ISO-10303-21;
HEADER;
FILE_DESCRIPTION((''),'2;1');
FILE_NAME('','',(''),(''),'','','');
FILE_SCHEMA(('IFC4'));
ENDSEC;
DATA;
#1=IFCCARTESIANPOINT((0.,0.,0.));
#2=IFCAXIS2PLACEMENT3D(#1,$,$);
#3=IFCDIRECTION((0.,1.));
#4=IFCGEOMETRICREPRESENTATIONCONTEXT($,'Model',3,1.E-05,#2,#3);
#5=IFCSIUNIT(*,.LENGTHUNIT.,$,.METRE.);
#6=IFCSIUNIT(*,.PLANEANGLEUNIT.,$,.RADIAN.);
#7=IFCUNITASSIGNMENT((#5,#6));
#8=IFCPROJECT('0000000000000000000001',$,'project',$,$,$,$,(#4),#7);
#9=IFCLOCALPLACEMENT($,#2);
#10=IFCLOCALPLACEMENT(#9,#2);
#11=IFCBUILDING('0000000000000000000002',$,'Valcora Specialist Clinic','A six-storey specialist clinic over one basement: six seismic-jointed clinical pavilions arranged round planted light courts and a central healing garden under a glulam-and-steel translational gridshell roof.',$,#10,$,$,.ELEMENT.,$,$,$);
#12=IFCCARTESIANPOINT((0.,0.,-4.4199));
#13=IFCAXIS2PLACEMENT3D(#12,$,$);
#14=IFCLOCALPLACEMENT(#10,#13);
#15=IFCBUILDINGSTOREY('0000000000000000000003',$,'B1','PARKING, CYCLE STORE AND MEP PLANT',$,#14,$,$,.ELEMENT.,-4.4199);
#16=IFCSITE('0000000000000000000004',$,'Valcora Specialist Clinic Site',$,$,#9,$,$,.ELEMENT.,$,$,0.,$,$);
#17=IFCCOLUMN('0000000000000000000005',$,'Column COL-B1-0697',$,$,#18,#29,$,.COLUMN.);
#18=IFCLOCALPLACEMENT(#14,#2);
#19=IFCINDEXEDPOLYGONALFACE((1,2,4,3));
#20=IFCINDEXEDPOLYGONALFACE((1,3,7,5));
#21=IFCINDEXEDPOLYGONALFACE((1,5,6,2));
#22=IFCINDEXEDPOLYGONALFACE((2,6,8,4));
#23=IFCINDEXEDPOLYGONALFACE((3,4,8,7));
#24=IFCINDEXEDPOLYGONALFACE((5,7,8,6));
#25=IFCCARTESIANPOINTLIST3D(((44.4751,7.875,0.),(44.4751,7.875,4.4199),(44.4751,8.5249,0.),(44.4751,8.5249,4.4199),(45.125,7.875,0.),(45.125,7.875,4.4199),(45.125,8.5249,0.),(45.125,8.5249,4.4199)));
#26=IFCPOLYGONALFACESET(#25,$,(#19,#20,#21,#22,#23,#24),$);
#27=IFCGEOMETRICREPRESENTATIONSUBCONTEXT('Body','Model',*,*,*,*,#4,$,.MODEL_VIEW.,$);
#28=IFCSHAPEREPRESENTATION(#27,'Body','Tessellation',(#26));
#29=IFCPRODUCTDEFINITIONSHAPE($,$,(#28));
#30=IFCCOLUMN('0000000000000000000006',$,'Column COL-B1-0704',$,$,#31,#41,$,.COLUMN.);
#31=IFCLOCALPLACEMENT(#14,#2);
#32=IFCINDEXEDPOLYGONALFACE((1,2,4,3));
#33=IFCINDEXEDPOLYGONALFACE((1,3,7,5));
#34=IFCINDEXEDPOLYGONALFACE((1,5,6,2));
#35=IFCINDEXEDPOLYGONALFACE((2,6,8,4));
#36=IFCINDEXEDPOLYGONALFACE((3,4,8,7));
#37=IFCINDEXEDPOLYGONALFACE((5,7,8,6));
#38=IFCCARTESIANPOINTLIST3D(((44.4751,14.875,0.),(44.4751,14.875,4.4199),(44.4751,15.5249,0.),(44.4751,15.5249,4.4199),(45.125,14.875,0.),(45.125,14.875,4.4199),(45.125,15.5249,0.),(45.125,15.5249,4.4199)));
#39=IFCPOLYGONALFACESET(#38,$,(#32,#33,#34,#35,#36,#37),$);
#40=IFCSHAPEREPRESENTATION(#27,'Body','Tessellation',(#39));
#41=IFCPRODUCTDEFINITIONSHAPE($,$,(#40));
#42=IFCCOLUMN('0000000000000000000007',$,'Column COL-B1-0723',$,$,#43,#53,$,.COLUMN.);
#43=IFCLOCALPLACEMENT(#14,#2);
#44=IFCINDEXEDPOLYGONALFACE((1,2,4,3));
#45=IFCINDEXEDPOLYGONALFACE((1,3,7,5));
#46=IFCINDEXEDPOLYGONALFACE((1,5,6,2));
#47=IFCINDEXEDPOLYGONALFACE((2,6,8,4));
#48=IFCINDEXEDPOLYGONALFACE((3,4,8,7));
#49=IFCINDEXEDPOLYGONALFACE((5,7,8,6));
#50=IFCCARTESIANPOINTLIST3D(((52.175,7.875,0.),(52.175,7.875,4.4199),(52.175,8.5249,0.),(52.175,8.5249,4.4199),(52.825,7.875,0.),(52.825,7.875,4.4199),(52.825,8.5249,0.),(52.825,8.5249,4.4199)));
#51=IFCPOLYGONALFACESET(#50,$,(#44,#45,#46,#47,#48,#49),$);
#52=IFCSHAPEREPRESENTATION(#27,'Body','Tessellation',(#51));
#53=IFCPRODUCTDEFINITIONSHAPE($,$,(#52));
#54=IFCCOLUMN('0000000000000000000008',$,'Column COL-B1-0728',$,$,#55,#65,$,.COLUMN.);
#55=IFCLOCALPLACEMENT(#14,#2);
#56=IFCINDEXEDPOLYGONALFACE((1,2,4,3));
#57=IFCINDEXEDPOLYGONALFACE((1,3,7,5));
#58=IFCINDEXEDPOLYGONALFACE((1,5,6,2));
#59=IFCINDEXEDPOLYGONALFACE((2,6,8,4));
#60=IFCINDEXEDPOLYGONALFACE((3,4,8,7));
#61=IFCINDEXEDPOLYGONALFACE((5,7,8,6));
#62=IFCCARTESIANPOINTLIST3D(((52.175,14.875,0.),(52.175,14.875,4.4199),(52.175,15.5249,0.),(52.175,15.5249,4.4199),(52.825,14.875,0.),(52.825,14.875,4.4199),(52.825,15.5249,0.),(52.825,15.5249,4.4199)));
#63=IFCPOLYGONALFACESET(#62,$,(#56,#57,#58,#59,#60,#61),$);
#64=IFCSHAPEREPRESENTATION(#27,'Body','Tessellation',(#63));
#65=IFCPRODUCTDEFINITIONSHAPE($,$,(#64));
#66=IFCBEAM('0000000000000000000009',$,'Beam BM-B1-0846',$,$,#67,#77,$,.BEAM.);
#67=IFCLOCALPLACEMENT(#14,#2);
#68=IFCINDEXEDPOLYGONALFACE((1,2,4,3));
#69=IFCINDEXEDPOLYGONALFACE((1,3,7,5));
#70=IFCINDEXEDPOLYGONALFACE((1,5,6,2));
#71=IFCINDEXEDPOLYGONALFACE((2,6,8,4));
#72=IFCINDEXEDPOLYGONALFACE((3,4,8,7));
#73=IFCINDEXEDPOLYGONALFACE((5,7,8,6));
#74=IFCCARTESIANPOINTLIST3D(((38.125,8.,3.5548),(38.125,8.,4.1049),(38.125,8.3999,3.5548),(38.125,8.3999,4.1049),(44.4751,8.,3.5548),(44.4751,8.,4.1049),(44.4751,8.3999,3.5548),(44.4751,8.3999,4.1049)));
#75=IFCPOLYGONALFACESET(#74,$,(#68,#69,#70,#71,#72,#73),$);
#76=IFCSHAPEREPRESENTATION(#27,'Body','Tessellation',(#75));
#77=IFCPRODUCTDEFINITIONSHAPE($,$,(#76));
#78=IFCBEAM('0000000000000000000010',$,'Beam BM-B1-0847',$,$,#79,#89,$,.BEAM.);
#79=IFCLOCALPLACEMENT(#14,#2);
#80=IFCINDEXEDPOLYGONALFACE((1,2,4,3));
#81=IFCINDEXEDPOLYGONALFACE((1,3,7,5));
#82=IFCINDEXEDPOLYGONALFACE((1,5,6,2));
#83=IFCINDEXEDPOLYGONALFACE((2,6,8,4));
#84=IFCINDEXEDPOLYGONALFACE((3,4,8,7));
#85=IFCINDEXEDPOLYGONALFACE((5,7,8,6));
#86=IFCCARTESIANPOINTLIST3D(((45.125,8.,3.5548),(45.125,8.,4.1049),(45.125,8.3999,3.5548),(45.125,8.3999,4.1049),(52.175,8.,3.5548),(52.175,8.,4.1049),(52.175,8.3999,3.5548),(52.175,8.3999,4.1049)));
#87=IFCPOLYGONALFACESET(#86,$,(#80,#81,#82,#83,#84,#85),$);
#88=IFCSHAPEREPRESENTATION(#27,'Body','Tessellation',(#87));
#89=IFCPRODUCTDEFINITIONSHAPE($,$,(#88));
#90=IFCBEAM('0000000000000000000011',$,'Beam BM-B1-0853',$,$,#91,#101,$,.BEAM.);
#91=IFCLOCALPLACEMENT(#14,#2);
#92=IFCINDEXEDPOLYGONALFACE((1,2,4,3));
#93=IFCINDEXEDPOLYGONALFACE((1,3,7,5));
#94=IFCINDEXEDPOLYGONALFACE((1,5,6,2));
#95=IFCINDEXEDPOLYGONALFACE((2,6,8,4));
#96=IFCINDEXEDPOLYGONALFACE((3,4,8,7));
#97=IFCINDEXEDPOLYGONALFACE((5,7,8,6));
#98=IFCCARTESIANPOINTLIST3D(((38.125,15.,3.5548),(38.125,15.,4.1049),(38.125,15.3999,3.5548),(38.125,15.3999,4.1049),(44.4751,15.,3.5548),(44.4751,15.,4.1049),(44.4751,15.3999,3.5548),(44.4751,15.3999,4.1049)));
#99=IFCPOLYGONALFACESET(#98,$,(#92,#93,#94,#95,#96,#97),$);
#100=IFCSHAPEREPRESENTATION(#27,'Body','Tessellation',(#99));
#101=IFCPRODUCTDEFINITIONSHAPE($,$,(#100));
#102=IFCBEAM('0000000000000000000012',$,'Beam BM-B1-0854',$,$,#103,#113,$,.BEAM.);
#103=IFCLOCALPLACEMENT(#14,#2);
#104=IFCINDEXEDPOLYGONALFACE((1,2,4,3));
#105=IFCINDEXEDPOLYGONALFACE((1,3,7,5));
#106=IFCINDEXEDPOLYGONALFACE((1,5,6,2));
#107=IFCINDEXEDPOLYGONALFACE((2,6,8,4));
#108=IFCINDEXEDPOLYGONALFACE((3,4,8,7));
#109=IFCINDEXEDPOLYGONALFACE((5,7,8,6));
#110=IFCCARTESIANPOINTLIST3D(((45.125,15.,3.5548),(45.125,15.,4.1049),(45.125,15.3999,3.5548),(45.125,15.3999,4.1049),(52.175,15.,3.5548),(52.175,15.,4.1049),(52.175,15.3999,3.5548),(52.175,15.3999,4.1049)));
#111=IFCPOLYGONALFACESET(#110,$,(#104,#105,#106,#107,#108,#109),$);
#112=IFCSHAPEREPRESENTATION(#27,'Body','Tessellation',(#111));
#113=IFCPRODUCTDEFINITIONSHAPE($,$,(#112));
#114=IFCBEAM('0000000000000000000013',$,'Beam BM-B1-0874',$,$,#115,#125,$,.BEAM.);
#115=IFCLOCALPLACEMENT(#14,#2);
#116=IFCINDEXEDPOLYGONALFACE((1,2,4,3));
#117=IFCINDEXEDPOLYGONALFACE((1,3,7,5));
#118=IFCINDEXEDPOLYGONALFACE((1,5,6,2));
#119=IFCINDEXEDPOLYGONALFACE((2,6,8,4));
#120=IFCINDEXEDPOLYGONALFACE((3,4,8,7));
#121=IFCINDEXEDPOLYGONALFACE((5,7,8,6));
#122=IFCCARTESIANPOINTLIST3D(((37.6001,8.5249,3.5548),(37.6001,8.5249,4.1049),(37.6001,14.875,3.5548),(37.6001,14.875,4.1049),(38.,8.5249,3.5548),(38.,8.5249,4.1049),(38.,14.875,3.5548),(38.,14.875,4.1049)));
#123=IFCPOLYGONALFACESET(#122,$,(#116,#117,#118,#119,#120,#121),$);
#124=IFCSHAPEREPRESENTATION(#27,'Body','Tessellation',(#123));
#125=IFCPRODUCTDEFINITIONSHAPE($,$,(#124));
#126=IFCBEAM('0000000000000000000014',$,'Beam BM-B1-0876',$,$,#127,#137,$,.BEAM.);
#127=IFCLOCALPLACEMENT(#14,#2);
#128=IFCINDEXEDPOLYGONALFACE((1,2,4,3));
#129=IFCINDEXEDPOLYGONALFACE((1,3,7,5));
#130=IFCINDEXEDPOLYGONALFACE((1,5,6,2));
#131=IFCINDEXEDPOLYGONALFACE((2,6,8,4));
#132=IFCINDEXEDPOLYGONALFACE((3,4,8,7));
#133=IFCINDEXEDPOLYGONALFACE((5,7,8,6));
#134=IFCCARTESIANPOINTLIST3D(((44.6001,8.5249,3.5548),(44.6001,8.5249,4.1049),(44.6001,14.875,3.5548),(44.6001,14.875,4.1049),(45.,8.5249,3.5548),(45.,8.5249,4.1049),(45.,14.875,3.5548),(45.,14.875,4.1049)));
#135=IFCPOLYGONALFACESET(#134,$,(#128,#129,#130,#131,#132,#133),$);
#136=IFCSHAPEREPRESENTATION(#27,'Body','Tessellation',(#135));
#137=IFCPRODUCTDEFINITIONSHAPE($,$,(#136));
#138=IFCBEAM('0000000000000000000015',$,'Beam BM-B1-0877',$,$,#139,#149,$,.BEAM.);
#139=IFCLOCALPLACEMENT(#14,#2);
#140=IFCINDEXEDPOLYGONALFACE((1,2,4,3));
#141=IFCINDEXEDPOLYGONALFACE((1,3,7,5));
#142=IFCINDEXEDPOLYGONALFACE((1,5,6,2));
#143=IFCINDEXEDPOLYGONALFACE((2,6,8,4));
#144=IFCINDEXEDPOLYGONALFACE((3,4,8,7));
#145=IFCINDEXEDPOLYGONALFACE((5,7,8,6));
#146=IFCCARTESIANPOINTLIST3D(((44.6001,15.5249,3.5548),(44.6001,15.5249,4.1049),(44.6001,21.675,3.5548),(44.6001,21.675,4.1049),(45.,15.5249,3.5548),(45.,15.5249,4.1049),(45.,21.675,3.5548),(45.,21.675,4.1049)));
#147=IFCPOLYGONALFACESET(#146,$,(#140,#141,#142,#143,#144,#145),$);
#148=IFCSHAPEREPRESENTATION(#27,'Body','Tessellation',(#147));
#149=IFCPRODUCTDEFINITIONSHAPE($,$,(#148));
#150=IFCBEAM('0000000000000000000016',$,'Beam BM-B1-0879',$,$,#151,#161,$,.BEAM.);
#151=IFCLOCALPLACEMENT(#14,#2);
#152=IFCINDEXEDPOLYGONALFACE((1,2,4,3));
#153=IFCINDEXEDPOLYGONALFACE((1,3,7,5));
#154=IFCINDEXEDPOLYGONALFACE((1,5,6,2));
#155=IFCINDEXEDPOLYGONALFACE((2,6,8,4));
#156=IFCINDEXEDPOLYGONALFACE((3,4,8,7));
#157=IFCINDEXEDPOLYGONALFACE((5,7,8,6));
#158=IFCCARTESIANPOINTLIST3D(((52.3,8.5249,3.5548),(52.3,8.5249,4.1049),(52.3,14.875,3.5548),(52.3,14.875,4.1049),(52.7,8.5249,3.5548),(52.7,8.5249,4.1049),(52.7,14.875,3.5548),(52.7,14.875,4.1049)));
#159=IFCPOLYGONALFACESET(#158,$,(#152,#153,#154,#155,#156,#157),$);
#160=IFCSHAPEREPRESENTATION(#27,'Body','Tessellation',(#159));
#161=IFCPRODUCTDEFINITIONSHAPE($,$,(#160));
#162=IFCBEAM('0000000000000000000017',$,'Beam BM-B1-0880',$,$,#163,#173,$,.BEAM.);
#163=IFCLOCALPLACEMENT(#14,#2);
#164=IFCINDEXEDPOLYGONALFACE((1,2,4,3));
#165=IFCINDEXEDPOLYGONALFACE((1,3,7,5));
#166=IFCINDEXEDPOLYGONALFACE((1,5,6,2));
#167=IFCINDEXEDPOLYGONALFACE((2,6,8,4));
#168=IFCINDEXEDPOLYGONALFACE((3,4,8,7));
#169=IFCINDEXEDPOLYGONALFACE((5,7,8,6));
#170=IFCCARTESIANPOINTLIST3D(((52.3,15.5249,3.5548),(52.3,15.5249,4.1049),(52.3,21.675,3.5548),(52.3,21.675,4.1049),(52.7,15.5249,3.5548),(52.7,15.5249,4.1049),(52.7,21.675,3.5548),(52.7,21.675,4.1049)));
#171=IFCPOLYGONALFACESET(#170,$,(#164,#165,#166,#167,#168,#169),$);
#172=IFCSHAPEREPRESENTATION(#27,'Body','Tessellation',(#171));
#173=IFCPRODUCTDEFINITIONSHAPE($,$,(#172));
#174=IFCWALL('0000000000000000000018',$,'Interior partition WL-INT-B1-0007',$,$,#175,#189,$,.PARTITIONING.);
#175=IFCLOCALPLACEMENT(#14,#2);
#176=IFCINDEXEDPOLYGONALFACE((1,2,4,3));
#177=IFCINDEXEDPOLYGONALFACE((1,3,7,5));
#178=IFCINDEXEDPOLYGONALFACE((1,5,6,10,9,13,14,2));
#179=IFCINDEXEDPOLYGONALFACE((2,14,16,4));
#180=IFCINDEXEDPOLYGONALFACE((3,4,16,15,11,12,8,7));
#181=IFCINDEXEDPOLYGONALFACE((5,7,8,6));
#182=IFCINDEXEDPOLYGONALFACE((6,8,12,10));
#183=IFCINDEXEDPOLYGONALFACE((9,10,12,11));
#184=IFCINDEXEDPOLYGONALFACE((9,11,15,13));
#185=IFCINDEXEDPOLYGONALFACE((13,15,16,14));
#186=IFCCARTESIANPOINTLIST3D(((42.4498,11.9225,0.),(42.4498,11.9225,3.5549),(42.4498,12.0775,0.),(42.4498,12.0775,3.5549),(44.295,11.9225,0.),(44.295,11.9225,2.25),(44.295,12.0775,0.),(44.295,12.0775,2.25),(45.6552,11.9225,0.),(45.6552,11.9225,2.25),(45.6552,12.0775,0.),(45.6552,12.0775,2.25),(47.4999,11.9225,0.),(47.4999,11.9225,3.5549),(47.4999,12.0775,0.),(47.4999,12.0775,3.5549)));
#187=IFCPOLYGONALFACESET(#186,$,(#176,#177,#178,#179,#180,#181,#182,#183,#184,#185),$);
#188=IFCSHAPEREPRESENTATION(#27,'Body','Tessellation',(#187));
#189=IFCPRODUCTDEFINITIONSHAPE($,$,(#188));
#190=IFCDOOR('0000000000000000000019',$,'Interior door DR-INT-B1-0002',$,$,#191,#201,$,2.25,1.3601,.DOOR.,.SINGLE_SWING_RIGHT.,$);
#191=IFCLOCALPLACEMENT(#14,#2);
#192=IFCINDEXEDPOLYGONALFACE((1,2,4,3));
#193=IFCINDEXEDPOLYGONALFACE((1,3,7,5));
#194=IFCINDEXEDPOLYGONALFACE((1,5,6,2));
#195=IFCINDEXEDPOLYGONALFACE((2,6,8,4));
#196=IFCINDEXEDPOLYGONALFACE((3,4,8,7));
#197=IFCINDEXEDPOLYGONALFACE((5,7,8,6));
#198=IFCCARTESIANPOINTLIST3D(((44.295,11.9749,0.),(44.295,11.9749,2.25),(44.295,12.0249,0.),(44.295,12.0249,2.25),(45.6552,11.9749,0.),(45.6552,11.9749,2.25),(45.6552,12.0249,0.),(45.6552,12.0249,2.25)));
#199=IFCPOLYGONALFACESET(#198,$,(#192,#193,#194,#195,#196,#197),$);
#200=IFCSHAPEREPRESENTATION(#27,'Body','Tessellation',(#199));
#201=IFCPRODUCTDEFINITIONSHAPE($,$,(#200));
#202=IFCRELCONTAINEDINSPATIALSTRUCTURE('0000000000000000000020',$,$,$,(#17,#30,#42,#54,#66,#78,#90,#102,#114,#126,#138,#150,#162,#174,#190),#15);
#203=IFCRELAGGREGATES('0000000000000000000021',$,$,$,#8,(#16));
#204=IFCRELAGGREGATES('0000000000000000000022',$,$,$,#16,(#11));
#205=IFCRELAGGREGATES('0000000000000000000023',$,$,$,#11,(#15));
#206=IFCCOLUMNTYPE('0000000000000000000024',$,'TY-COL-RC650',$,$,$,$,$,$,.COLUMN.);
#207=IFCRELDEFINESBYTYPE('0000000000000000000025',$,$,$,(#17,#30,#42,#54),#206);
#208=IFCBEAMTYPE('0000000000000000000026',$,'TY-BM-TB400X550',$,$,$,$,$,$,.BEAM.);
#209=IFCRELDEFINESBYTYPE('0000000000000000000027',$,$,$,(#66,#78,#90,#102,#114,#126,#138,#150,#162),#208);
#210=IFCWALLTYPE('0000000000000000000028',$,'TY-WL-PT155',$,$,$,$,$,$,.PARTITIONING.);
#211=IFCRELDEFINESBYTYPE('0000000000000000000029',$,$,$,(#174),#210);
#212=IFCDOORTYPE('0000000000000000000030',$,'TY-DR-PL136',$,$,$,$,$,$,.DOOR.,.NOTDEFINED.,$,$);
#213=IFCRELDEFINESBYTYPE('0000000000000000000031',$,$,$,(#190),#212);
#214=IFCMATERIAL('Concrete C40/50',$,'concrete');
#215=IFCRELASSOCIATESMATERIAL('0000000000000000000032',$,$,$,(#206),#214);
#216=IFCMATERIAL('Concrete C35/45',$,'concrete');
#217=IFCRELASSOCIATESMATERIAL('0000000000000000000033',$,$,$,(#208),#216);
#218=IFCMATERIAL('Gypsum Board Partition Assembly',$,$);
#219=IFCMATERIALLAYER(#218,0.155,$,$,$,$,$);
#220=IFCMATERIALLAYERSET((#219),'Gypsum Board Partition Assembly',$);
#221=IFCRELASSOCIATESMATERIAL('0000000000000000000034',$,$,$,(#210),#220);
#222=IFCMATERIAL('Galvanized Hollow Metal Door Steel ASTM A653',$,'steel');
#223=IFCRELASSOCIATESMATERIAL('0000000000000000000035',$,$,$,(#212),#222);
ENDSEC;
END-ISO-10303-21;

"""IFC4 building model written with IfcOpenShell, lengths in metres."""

from ifc_helpers import new_model, si_unit, direction, frame, frame_2d, origin, origin_2d, place, context, subcontext, project, spatial, rectangle, extrude, material, layer, layer_set, material_profile, profile_set, type_object, element, fill, save


model = new_model("IFC4")

# Units and contexts
model_context = context("Model", 3, precision=1e-05, world=origin(), true_north=direction((0.0, 1.0)))
body_context = subcontext(model_context, "Body", "Model", "MODEL_VIEW")
ifc_project = project(units=[si_unit("LENGTHUNIT", "METRE"), si_unit("PLANEANGLEUNIT", "RADIAN")], contexts=[model_context])

# Site, building, storey
site_placement = place(None, origin())
site = spatial("IfcSite", under=ifc_project, at=site_placement, Name="Valcora Specialist Clinic Site", CompositionType="ELEMENT", RefElevation=0.0)
building_placement = place(site_placement, origin())
building = spatial("IfcBuilding", under=site, at=building_placement, Name="Valcora Specialist Clinic", Description="A six-storey specialist clinic over one basement: six seismic-jointed clinical pavilions arranged round planted light courts and a central healing garden under a glulam-and-steel translational gridshell roof.", CompositionType="ELEMENT")
storey_placement = place(building_placement, frame((0.0, 0.0, -4.4199)))
storey = spatial("IfcBuildingStorey", under=building, at=storey_placement, Name="B1", Description="PARKING, CYCLE STORE AND MEP PLANT", CompositionType="ELEMENT", Elevation=-4.4199)

# Shared definitions
ifc_material_1 = material(Name="Concrete C35/45", Category="concrete")

# Columns
ifc_material_2 = material(Name="Concrete C40/50", Category="concrete")
ifc_material_profile_1 = material_profile(ifc_material_2, rectangle(XDim=0.6499, YDim=0.6499, at=origin_2d()), Name="RC-COL-650X650")
ifc_profile_set_1 = profile_set([ifc_material_profile_1], Name="Concrete C40/50")
column_type = type_object("IfcColumnType", Name="TY-COL-RC650", PredefinedType="COLUMN", material=ifc_profile_set_1)
for number, where, z_axis, x_axis, name in (
    (1, (44.8, 8.2, 0.0), (0.0, 0.0, 1.0), (1.0, 0.0, 0.0), "Column COL-B1-0697"),
    (2, (44.8, 15.2, 0.0), (0.0, 0.0, 1.0), (1.0, 0.0, 0.0), "Column COL-B1-0704"),
    (3, (52.5, 8.2, 0.0), (0.0, 0.0, 1.0), (1.0, 0.0, 0.0), "Column COL-B1-0723"),
    (4, (52.5, 15.2, 0.0), (0.0, 0.0, 1.0), (1.0, 0.0, 0.0), "Column COL-B1-0728"),
):
    element("IfcColumn", number, at=place(storey_placement, frame(where, z_axis=z_axis, x_axis=x_axis)), inside=storey, type_object=column_type, Name=name, PredefinedType="COLUMN", context=body_context, shape_type="SweptSolid", body=[
        extrude(rectangle(XDim=0.6499, YDim=0.6499, at=origin_2d()), origin(), (0.0, 0.0, 1.0), 4.4199),
    ])

# Beams
ifc_material_profile_2 = material_profile(ifc_material_1, rectangle(XDim=0.3999, YDim=0.55, at=origin_2d()), Name="RC-TB-400X550")
ifc_profile_set_2 = profile_set([ifc_material_profile_2], Name="Concrete C35/45")
beam_type = type_object("IfcBeamType", Name="TY-BM-TB400X550", PredefinedType="BEAM", material=ifc_profile_set_2)
beam_1_placement = place(storey_placement, frame((38.125, 8.2, 3.8298), z_axis=(1.0, 0.0, 0.0), x_axis=(0.0, 1.0, 0.0)))
element("IfcBeam", 5, at=beam_1_placement, inside=storey, type_object=beam_type, Name="Beam BM-B1-0846", PredefinedType="BEAM", context=body_context, shape_type="SweptSolid", body=[
    extrude(rectangle(XDim=0.3999, YDim=0.55, at=origin_2d()), origin(), (0.0, 0.0, 1.0), 6.3501),
])
beam_2_placement = place(storey_placement, frame((45.125, 8.2, 3.8298), z_axis=(1.0, 0.0, 0.0), x_axis=(0.0, 1.0, 0.0)))
element("IfcBeam", 6, at=beam_2_placement, inside=storey, type_object=beam_type, Name="Beam BM-B1-0847", PredefinedType="BEAM", context=body_context, shape_type="SweptSolid", body=[
    extrude(rectangle(XDim=0.3999, YDim=0.55, at=origin_2d()), origin(), (0.0, 0.0, 1.0), 7.05),
])
beam_3_placement = place(storey_placement, frame((38.125, 15.2, 3.8298), z_axis=(1.0, 0.0, 0.0), x_axis=(0.0, 1.0, 0.0)))
element("IfcBeam", 7, at=beam_3_placement, inside=storey, type_object=beam_type, Name="Beam BM-B1-0853", PredefinedType="BEAM", context=body_context, shape_type="SweptSolid", body=[
    extrude(rectangle(XDim=0.3999, YDim=0.55, at=origin_2d()), origin(), (0.0, 0.0, 1.0), 6.3501),
])
beam_4_placement = place(storey_placement, frame((45.125, 15.2, 3.8298), z_axis=(1.0, 0.0, 0.0), x_axis=(0.0, 1.0, 0.0)))
element("IfcBeam", 8, at=beam_4_placement, inside=storey, type_object=beam_type, Name="Beam BM-B1-0854", PredefinedType="BEAM", context=body_context, shape_type="SweptSolid", body=[
    extrude(rectangle(XDim=0.3999, YDim=0.55, at=origin_2d()), origin(), (0.0, 0.0, 1.0), 7.05),
])
for number, where, z_axis, x_axis, name in (
    (9, (37.8, 8.5249, 3.8298), (0.0, 1.0, 0.0), (-1.0, 0.0, 0.0), "Beam BM-B1-0874"),
    (10, (44.8, 8.5249, 3.8298), (0.0, 1.0, 0.0), (-1.0, 0.0, 0.0), "Beam BM-B1-0876"),
):
    element("IfcBeam", number, at=place(storey_placement, frame(where, z_axis=z_axis, x_axis=x_axis)), inside=storey, type_object=beam_type, Name=name, PredefinedType="BEAM", context=body_context, shape_type="SweptSolid", body=[
        extrude(rectangle(XDim=0.3999, YDim=0.55, at=origin_2d()), origin(), (0.0, 0.0, 1.0), 6.3501),
    ])
beam_5_placement = place(storey_placement, frame((44.8, 15.5249, 3.8298), z_axis=(0.0, 1.0, 0.0), x_axis=(-1.0, 0.0, 0.0)))
element("IfcBeam", 11, at=beam_5_placement, inside=storey, type_object=beam_type, Name="Beam BM-B1-0877", PredefinedType="BEAM", context=body_context, shape_type="SweptSolid", body=[
    extrude(rectangle(XDim=0.3999, YDim=0.55, at=origin_2d()), origin(), (0.0, 0.0, 1.0), 6.1501),
])
beam_6_placement = place(storey_placement, frame((52.5, 8.5249, 3.8298), z_axis=(0.0, 1.0, 0.0), x_axis=(-1.0, 0.0, 0.0)))
element("IfcBeam", 12, at=beam_6_placement, inside=storey, type_object=beam_type, Name="Beam BM-B1-0879", PredefinedType="BEAM", context=body_context, shape_type="SweptSolid", body=[
    extrude(rectangle(XDim=0.3999, YDim=0.55, at=origin_2d()), origin(), (0.0, 0.0, 1.0), 6.3501),
])
beam_7_placement = place(storey_placement, frame((52.5, 15.5249, 3.8298), z_axis=(0.0, 1.0, 0.0), x_axis=(-1.0, 0.0, 0.0)))
element("IfcBeam", 13, at=beam_7_placement, inside=storey, type_object=beam_type, Name="Beam BM-B1-0880", PredefinedType="BEAM", context=body_context, shape_type="SweptSolid", body=[
    extrude(rectangle(XDim=0.3999, YDim=0.55, at=origin_2d()), origin(), (0.0, 0.0, 1.0), 6.1501),
])

# Wall, opening, door
ifc_material_3 = material(Name="Gypsum Board Partition Assembly")
ifc_layer_1 = layer(ifc_material_3, 0.155)
ifc_layer_set_1 = layer_set([ifc_layer_1], Name="Gypsum Board Partition Assembly")
wall_type_1 = type_object("IfcWallType", Name="TY-WL-PT155", PredefinedType="PARTITIONING", material=ifc_layer_set_1)
wall_1_placement = place(storey_placement, frame((42.45, 12.0, 0.0), z_axis=(0.0, 0.0, 1.0), x_axis=(1.0, 0.0, 0.0)))
wall_1 = element("IfcWall", 14, at=wall_1_placement, inside=storey, type_object=wall_type_1, Name="Interior partition WL-INT-B1-0007", PredefinedType="PARTITIONING", context=body_context, shape_type="SweptSolid", body=[
    extrude(rectangle(XDim=5.05, YDim=0.155, at=frame_2d((2.5249, 0.0))), origin(), (0.0, 0.0, 1.0), 3.5549),
])
opening_placement = place(wall_1_placement, frame((1.845, 0.0, 0.0)))
opening = element("IfcOpeningElement", 15, at=opening_placement, cuts=wall_1, PredefinedType="OPENING", context=body_context, shape_type="SweptSolid", body=[
    extrude(rectangle(XDim=1.3601, YDim=2.25, at=frame_2d((0.6802, 1.125))), frame((0.0, 0.0874, 0.0), z_axis=(0.0, -1.0, 0.0), x_axis=(1.0, 0.0, 0.0)), (0.0, 0.0, 1.0), 0.175),
])
ifc_material_4 = material(Name="Galvanized Hollow Metal Door Steel ASTM A653", Category="steel")
door_type = type_object("IfcDoorType", Name="TY-DR-PL136", OperationType="NOTDEFINED", PredefinedType="DOOR", material=ifc_material_4)
door_placement = place(opening_placement, origin())
door = element("IfcDoor", 16, at=door_placement, inside=storey, type_object=door_type, Name="Interior door DR-INT-B1-0002", OperationType="SINGLE_SWING_RIGHT", OverallHeight=2.25, OverallWidth=1.3601, PredefinedType="DOOR", context=body_context, shape_type="SweptSolid", body=[
    extrude(rectangle(XDim=1.3601, YDim=2.25, at=frame_2d((0.6802, 1.125))), frame((0.0, 0.0249, 0.0), z_axis=(0.0, -1.0, 0.0), x_axis=(1.0, 0.0, 0.0)), (0.0, 0.0, 1.0), 0.05),
])
fill(opening, door)

save(model, "model.ifc")
